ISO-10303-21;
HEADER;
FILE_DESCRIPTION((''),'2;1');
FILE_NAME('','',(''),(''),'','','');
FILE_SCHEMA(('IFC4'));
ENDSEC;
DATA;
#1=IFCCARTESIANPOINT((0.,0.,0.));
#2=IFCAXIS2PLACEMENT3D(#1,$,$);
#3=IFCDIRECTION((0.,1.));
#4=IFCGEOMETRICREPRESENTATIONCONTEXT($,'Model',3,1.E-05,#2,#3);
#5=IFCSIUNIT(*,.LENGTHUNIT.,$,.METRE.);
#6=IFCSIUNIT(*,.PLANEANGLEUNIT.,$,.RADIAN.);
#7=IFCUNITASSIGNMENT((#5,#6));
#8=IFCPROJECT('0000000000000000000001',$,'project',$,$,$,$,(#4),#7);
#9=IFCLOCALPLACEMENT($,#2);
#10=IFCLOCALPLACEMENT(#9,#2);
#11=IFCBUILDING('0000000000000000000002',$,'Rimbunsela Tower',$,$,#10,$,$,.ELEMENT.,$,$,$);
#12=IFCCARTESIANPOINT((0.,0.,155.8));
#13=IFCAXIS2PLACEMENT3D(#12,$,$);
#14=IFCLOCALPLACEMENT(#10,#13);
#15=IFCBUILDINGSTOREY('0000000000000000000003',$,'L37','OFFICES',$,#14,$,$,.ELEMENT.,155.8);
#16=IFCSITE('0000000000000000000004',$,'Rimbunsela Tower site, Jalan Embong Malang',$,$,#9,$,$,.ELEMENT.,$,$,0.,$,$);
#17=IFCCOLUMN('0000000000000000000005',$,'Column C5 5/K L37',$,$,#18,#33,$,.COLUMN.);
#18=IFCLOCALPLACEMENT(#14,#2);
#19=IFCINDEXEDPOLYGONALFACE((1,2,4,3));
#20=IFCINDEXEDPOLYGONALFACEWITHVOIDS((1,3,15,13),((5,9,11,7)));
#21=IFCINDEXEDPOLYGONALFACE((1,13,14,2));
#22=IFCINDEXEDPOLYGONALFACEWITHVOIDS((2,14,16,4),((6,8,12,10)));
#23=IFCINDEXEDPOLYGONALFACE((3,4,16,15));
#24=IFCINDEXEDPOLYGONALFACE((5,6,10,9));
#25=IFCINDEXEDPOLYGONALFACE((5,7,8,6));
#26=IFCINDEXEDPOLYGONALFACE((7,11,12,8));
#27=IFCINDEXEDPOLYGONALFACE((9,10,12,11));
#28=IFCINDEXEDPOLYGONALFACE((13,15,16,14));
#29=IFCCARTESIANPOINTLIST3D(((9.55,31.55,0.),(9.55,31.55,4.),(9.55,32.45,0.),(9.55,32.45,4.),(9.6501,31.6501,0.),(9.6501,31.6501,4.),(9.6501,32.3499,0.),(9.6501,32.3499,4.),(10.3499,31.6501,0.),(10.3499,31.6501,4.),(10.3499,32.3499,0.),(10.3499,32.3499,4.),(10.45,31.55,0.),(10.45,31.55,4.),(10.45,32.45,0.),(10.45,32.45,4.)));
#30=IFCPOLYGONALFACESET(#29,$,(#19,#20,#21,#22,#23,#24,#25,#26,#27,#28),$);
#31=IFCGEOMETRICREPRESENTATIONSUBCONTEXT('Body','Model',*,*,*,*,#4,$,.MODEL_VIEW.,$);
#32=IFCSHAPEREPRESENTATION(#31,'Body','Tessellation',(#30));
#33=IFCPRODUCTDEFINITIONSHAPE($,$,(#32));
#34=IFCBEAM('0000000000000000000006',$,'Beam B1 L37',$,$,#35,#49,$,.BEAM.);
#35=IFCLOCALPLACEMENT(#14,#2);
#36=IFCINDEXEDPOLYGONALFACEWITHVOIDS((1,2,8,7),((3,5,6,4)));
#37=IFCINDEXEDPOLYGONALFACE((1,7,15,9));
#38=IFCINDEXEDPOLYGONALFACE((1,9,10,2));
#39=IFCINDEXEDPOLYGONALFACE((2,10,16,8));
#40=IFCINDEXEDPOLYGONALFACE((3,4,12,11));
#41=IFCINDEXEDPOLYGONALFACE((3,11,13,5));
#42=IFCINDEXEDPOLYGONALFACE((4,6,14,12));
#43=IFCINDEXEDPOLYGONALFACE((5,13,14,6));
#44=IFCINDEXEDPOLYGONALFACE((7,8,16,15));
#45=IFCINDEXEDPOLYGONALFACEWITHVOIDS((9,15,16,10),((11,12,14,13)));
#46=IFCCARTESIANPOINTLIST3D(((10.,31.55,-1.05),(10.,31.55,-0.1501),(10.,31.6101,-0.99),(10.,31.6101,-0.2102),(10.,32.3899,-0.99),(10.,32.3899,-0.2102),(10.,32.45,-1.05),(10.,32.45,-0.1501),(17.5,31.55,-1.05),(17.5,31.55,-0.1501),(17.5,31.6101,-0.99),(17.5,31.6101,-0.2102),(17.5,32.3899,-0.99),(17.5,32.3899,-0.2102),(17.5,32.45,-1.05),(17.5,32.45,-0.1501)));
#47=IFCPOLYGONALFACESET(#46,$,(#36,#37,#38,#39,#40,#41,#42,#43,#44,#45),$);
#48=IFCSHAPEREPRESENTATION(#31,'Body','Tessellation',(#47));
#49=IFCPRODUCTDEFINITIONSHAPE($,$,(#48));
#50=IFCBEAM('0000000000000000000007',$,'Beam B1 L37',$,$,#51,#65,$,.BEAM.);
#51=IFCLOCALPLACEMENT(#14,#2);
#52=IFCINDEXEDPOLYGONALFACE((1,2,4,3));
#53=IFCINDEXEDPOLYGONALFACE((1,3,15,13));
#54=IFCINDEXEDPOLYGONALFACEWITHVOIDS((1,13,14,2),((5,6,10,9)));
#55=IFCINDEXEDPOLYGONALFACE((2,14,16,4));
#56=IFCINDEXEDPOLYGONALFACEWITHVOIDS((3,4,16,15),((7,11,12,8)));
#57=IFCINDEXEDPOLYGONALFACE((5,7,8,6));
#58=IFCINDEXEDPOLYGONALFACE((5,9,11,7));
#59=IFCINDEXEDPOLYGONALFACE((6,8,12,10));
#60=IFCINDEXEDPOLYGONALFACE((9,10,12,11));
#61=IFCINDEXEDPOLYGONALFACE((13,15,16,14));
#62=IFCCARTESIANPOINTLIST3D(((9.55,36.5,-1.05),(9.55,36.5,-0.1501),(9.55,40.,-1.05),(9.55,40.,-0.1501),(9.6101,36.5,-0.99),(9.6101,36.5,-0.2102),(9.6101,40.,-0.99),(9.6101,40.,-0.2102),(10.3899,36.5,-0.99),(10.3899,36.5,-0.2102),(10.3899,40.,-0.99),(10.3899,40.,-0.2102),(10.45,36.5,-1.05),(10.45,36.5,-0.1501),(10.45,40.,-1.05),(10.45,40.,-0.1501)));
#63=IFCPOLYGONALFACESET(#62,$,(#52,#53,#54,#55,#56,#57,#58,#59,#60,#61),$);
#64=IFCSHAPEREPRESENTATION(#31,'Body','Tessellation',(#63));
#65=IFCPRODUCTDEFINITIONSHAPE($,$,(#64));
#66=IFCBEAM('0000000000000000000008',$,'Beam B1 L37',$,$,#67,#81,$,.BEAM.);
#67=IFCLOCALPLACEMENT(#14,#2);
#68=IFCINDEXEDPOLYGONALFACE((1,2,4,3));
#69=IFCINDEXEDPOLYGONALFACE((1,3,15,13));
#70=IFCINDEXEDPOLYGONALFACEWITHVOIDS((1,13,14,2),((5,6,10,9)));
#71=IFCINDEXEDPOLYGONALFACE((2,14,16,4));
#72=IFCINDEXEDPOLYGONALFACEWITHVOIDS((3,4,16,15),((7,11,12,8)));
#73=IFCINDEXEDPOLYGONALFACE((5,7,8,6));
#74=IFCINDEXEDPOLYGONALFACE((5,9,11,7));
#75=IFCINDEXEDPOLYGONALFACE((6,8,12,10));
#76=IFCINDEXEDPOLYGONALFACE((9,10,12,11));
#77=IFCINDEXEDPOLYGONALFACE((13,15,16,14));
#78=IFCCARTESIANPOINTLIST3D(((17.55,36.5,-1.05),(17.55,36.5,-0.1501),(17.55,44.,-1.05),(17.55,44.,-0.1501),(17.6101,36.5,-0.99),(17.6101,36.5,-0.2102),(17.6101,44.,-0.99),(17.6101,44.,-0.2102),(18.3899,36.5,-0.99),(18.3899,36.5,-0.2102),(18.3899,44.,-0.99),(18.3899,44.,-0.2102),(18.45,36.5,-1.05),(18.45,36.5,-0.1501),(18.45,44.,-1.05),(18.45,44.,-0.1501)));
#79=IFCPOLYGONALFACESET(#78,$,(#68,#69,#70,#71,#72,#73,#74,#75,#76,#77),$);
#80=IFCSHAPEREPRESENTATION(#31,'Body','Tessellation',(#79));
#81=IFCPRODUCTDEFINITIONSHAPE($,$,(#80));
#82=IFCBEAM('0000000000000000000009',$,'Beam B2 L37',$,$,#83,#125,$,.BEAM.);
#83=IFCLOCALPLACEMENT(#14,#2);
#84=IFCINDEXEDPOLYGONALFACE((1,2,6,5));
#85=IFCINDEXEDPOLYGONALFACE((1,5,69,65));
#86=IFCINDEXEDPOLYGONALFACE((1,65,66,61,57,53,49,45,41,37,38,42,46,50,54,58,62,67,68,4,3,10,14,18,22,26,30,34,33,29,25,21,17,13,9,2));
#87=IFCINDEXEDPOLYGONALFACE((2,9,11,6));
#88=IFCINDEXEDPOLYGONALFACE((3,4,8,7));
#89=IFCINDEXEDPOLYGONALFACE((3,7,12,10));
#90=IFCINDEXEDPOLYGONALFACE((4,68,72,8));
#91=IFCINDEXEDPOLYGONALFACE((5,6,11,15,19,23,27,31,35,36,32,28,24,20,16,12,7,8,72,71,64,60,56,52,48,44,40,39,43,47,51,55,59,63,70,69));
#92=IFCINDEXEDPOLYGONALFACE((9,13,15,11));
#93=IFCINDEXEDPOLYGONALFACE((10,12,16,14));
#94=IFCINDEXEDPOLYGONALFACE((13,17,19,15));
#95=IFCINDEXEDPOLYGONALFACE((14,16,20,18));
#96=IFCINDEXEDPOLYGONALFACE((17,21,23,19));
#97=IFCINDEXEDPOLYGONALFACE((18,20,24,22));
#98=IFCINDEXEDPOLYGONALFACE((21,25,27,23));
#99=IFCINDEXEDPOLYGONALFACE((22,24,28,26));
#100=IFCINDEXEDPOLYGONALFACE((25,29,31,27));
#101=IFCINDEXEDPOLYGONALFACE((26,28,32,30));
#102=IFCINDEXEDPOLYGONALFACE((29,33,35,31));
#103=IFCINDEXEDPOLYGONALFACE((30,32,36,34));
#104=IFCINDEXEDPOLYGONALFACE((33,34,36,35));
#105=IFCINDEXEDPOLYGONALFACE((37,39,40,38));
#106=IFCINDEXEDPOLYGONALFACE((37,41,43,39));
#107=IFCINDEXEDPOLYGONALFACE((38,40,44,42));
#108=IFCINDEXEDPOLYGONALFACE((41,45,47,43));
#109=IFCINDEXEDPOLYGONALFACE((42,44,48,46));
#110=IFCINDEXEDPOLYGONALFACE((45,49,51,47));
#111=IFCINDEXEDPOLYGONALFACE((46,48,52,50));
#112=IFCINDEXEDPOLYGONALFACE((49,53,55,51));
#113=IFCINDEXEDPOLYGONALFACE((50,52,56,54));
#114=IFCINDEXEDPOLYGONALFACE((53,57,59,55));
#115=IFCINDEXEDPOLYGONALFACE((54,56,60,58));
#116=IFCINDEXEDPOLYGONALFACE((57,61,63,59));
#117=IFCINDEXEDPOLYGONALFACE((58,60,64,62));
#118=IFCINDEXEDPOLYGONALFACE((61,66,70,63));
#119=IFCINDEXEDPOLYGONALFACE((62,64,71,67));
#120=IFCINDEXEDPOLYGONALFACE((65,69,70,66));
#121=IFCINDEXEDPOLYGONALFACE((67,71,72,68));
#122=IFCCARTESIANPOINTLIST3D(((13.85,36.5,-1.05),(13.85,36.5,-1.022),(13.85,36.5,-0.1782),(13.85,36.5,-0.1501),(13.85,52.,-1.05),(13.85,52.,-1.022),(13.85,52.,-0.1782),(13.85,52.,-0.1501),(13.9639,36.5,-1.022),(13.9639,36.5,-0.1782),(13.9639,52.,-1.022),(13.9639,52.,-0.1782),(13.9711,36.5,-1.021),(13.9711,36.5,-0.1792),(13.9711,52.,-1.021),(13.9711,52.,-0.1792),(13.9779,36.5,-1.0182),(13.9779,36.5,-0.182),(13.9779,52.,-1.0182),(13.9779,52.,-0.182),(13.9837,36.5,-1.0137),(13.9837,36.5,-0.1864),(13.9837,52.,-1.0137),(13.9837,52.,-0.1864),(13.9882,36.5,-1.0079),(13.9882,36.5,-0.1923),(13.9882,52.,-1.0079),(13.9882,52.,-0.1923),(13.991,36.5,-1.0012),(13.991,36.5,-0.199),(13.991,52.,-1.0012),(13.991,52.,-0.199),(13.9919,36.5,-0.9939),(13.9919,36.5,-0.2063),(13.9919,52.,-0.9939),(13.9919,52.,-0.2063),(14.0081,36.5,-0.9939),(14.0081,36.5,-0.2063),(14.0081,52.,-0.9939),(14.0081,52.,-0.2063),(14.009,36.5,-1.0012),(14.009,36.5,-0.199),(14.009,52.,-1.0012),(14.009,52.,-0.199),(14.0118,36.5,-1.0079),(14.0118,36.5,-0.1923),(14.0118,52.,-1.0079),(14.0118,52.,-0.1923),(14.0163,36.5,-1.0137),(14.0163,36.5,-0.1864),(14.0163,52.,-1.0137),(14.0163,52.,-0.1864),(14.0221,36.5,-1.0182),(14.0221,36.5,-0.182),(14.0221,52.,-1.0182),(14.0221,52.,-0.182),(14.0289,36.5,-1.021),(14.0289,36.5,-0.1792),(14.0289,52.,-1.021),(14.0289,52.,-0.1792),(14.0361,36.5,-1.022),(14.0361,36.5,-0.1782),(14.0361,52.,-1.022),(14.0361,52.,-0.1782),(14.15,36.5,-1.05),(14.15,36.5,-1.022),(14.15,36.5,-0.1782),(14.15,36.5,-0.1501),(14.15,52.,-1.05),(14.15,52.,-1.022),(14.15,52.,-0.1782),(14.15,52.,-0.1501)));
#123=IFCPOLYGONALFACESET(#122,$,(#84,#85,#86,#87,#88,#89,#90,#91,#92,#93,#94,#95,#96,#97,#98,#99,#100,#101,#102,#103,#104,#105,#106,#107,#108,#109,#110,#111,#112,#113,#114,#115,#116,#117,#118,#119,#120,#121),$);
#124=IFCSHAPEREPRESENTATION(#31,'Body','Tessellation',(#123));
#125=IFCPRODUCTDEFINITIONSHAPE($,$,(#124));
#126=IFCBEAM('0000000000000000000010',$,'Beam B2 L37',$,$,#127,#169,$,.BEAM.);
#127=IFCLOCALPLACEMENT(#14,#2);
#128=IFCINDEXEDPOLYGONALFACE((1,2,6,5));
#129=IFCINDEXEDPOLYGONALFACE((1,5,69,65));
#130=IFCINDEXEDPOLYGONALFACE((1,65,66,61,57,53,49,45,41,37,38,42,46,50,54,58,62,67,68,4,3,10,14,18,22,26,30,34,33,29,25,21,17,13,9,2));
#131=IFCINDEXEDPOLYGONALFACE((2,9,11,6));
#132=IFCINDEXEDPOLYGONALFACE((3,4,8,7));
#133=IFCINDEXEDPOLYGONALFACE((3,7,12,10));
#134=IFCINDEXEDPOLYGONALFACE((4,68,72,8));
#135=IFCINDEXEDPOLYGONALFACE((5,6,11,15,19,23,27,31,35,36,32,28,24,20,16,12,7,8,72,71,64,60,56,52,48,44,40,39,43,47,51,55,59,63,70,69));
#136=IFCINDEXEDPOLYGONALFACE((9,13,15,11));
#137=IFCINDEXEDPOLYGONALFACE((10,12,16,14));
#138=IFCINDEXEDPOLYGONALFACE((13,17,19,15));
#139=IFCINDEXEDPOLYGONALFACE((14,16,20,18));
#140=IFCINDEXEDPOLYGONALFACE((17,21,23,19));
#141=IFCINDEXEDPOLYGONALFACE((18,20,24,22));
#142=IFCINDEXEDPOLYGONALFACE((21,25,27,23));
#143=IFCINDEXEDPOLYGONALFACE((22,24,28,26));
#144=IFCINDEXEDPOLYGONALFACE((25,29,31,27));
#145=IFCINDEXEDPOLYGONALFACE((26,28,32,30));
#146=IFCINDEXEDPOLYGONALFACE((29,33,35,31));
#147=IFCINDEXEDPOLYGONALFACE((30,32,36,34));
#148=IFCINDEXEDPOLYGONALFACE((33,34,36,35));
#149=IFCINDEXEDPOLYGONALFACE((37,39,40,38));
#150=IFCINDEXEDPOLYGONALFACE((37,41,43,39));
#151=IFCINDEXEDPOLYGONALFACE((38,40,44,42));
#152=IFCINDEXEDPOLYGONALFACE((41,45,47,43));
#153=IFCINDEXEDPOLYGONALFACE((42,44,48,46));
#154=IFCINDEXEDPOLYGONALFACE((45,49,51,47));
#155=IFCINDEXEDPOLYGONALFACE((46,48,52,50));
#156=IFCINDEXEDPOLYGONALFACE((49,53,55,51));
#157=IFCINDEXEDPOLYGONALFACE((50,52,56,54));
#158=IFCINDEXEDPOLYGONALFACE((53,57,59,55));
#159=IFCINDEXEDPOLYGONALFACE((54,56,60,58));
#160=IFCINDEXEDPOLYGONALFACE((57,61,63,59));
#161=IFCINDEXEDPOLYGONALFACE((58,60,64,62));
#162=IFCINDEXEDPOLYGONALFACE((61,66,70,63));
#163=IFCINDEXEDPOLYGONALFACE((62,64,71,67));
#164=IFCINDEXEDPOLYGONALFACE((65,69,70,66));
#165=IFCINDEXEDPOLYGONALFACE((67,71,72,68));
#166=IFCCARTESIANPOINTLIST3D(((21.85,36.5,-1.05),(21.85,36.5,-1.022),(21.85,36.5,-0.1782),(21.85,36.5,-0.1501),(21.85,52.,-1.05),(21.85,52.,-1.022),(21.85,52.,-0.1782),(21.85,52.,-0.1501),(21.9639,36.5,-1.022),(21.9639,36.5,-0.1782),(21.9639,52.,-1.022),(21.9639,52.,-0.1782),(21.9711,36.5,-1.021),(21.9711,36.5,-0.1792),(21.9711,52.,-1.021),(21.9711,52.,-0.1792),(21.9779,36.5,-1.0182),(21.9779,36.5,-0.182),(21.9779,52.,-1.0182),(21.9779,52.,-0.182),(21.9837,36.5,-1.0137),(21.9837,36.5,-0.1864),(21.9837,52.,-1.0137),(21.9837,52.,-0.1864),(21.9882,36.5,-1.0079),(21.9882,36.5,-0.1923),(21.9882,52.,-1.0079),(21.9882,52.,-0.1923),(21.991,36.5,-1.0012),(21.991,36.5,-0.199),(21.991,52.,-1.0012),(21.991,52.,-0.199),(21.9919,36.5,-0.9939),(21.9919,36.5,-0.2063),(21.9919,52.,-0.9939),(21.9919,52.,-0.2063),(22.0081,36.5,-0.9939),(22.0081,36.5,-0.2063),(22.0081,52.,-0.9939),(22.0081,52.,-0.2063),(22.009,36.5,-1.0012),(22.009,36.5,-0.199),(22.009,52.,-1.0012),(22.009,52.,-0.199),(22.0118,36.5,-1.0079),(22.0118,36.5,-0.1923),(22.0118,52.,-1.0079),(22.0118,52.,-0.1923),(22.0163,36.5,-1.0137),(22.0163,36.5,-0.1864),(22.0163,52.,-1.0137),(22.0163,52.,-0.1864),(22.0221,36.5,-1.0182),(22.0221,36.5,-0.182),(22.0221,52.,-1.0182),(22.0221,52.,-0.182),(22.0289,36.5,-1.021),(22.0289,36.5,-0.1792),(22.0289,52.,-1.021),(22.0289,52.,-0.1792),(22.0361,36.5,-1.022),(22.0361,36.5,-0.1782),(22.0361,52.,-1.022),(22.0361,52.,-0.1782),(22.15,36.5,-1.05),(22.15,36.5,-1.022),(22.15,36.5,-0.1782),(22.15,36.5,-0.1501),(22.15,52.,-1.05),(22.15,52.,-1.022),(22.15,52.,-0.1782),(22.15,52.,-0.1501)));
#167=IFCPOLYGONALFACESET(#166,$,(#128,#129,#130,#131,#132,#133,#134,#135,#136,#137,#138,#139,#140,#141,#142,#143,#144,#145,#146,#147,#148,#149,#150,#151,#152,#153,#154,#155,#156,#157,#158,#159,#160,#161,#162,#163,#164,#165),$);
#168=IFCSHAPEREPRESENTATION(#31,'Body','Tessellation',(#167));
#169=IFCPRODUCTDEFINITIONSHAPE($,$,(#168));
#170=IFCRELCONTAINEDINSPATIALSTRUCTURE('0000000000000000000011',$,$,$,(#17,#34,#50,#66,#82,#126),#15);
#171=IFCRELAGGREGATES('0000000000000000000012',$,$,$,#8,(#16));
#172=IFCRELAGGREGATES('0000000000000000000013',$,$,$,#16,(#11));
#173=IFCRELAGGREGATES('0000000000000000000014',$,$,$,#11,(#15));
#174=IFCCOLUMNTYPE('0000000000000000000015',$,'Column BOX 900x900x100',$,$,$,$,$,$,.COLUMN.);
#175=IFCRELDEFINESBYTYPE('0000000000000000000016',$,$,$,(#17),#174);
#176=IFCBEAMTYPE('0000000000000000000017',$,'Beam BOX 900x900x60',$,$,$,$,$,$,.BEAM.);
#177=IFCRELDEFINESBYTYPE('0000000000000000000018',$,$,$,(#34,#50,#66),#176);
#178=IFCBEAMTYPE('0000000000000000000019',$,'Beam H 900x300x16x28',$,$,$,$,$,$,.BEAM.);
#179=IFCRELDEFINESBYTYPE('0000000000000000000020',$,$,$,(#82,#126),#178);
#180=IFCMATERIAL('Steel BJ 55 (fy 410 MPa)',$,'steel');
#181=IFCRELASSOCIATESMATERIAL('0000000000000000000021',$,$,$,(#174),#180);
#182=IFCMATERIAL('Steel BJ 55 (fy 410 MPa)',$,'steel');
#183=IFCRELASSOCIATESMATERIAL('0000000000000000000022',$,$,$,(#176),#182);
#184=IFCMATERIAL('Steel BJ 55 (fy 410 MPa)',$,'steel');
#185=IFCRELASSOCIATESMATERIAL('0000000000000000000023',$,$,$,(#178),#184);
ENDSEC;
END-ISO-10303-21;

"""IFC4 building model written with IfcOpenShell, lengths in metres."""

from ifc_helpers import new_model, si_unit, direction, frame, origin, origin_2d, place, context, subcontext, project, spatial, hollow_rectangle, i_section, extrude, material, material_profile, profile_set, type_object, element, save


model = new_model("IFC4")

# Units and contexts
model_context = context("Model", 3, precision=1e-05, world=origin(), true_north=direction((0.0, 1.0)))
body_context = subcontext(model_context, "Body", "Model", "MODEL_VIEW")
ifc_project = project(units=[si_unit("LENGTHUNIT", "METRE"), si_unit("PLANEANGLEUNIT", "RADIAN")], contexts=[model_context])

# Site, building, storey
site_placement = place(None, origin())
site = spatial("IfcSite", under=ifc_project, at=site_placement, Name="Rimbunsela Tower site, Jalan Embong Malang", CompositionType="ELEMENT", RefElevation=0.0)
building_placement = place(site_placement, origin())
building = spatial("IfcBuilding", under=site, at=building_placement, Name="Rimbunsela Tower", CompositionType="ELEMENT")
storey_placement = place(building_placement, frame((0.0, 0.0, 155.8)))
storey = spatial("IfcBuildingStorey", under=building, at=storey_placement, Name="L37", Description="OFFICES", CompositionType="ELEMENT", Elevation=155.8)

# Column
ifc_material_1 = material(Name="Steel BJ 55 (fy 410 MPa)", Category="steel")
ifc_material_profile_1 = material_profile(ifc_material_1, hollow_rectangle(XDim=0.8999, YDim=0.8999, WallThickness=0.1001, at=origin_2d()), Name="BOX 900x900x100")
ifc_profile_set_1 = profile_set([ifc_material_profile_1], Name="Steel BJ 55 (fy 410 MPa)")
column_type = type_object("IfcColumnType", Name="Column BOX 900x900x100", PredefinedType="COLUMN", material=ifc_profile_set_1)
column_placement = place(storey_placement, frame((10.0, 32.0, 0.0), z_axis=(0.0, 0.0, 1.0), x_axis=(1.0, 0.0, 0.0)))
element("IfcColumn", 1, at=column_placement, inside=storey, type_object=column_type, Name="Column C5 5/K L37", PredefinedType="COLUMN", context=body_context, shape_type="SweptSolid", body=[
    extrude(hollow_rectangle(XDim=0.8999, YDim=0.8999, WallThickness=0.1001, at=origin_2d()), origin(), (0.0, 0.0, 1.0), 4.0),
])

# Beams
ifc_material_2 = material(Name="Steel BJ 55 (fy 410 MPa)", Category="steel")
ifc_material_profile_2 = material_profile(ifc_material_2, hollow_rectangle(XDim=0.8999, YDim=0.8999, WallThickness=0.0601, at=origin_2d()), Name="BOX 900x900x60")
ifc_profile_set_2 = profile_set([ifc_material_profile_2], Name="Steel BJ 55 (fy 410 MPa)")
beam_type_1 = type_object("IfcBeamType", Name="Beam BOX 900x900x60", PredefinedType="BEAM", material=ifc_profile_set_2)
beam_1_placement = place(storey_placement, frame((10.0, 32.0, -0.6001), z_axis=(1.0, 0.0, 0.0), x_axis=(0.0, 1.0, 0.0)))
element("IfcBeam", 2, at=beam_1_placement, inside=storey, type_object=beam_type_1, Name="Beam B1 L37", PredefinedType="BEAM", context=body_context, shape_type="SweptSolid", body=[
    extrude(hollow_rectangle(XDim=0.8999, YDim=0.8999, WallThickness=0.0601, at=origin_2d()), origin(), (0.0, 0.0, 1.0), 7.5),
])
beam_2_placement = place(storey_placement, frame((10.0, 36.5, -0.6001), z_axis=(0.0, 1.0, 0.0), x_axis=(-1.0, 0.0, 0.0)))
element("IfcBeam", 3, at=beam_2_placement, inside=storey, type_object=beam_type_1, Name="Beam B1 L37", PredefinedType="BEAM", context=body_context, shape_type="SweptSolid", body=[
    extrude(hollow_rectangle(XDim=0.8999, YDim=0.8999, WallThickness=0.0601, at=origin_2d()), origin(), (0.0, 0.0, 1.0), 3.5),
])
beam_3_placement = place(storey_placement, frame((18.0, 36.5, -0.6001), z_axis=(0.0, 1.0, 0.0), x_axis=(-1.0, 0.0, 0.0)))
element("IfcBeam", 4, at=beam_3_placement, inside=storey, type_object=beam_type_1, Name="Beam B1 L37", PredefinedType="BEAM", context=body_context, shape_type="SweptSolid", body=[
    extrude(hollow_rectangle(XDim=0.8999, YDim=0.8999, WallThickness=0.0601, at=origin_2d()), origin(), (0.0, 0.0, 1.0), 7.5),
])
ifc_material_3 = material(Name="Steel BJ 55 (fy 410 MPa)", Category="steel")
ifc_material_profile_3 = material_profile(ifc_material_3, i_section(OverallWidth=0.3, OverallDepth=0.8999, WebThickness=0.0161, FlangeThickness=0.0281, FilletRadius=0.0281, at=origin_2d()), Name="H 900x300x16x28")
ifc_profile_set_3 = profile_set([ifc_material_profile_3], Name="Steel BJ 55 (fy 410 MPa)")
beam_type_2 = type_object("IfcBeamType", Name="Beam H 900x300x16x28", PredefinedType="BEAM", material=ifc_profile_set_3)
for number, where, z_axis, x_axis, name in (
    (5, (14.0, 36.5, -0.6001), (0.0, 1.0, 0.0), (-1.0, 0.0, 0.0), "Beam B2 L37"),
    (6, (22.0, 36.5, -0.6001), (0.0, 1.0, 0.0), (-1.0, 0.0, 0.0), "Beam B2 L37"),
):
    element("IfcBeam", number, at=place(storey_placement, frame(where, z_axis=z_axis, x_axis=x_axis)), inside=storey, type_object=beam_type_2, Name=name, PredefinedType="BEAM", context=body_context, shape_type="SweptSolid", body=[
        extrude(i_section(OverallWidth=0.3, OverallDepth=0.8999, WebThickness=0.0161, FlangeThickness=0.0281, FilletRadius=0.0281, at=origin_2d()), origin(), (0.0, 0.0, 1.0), 15.5),
    ])

save(model, "model.ifc")
